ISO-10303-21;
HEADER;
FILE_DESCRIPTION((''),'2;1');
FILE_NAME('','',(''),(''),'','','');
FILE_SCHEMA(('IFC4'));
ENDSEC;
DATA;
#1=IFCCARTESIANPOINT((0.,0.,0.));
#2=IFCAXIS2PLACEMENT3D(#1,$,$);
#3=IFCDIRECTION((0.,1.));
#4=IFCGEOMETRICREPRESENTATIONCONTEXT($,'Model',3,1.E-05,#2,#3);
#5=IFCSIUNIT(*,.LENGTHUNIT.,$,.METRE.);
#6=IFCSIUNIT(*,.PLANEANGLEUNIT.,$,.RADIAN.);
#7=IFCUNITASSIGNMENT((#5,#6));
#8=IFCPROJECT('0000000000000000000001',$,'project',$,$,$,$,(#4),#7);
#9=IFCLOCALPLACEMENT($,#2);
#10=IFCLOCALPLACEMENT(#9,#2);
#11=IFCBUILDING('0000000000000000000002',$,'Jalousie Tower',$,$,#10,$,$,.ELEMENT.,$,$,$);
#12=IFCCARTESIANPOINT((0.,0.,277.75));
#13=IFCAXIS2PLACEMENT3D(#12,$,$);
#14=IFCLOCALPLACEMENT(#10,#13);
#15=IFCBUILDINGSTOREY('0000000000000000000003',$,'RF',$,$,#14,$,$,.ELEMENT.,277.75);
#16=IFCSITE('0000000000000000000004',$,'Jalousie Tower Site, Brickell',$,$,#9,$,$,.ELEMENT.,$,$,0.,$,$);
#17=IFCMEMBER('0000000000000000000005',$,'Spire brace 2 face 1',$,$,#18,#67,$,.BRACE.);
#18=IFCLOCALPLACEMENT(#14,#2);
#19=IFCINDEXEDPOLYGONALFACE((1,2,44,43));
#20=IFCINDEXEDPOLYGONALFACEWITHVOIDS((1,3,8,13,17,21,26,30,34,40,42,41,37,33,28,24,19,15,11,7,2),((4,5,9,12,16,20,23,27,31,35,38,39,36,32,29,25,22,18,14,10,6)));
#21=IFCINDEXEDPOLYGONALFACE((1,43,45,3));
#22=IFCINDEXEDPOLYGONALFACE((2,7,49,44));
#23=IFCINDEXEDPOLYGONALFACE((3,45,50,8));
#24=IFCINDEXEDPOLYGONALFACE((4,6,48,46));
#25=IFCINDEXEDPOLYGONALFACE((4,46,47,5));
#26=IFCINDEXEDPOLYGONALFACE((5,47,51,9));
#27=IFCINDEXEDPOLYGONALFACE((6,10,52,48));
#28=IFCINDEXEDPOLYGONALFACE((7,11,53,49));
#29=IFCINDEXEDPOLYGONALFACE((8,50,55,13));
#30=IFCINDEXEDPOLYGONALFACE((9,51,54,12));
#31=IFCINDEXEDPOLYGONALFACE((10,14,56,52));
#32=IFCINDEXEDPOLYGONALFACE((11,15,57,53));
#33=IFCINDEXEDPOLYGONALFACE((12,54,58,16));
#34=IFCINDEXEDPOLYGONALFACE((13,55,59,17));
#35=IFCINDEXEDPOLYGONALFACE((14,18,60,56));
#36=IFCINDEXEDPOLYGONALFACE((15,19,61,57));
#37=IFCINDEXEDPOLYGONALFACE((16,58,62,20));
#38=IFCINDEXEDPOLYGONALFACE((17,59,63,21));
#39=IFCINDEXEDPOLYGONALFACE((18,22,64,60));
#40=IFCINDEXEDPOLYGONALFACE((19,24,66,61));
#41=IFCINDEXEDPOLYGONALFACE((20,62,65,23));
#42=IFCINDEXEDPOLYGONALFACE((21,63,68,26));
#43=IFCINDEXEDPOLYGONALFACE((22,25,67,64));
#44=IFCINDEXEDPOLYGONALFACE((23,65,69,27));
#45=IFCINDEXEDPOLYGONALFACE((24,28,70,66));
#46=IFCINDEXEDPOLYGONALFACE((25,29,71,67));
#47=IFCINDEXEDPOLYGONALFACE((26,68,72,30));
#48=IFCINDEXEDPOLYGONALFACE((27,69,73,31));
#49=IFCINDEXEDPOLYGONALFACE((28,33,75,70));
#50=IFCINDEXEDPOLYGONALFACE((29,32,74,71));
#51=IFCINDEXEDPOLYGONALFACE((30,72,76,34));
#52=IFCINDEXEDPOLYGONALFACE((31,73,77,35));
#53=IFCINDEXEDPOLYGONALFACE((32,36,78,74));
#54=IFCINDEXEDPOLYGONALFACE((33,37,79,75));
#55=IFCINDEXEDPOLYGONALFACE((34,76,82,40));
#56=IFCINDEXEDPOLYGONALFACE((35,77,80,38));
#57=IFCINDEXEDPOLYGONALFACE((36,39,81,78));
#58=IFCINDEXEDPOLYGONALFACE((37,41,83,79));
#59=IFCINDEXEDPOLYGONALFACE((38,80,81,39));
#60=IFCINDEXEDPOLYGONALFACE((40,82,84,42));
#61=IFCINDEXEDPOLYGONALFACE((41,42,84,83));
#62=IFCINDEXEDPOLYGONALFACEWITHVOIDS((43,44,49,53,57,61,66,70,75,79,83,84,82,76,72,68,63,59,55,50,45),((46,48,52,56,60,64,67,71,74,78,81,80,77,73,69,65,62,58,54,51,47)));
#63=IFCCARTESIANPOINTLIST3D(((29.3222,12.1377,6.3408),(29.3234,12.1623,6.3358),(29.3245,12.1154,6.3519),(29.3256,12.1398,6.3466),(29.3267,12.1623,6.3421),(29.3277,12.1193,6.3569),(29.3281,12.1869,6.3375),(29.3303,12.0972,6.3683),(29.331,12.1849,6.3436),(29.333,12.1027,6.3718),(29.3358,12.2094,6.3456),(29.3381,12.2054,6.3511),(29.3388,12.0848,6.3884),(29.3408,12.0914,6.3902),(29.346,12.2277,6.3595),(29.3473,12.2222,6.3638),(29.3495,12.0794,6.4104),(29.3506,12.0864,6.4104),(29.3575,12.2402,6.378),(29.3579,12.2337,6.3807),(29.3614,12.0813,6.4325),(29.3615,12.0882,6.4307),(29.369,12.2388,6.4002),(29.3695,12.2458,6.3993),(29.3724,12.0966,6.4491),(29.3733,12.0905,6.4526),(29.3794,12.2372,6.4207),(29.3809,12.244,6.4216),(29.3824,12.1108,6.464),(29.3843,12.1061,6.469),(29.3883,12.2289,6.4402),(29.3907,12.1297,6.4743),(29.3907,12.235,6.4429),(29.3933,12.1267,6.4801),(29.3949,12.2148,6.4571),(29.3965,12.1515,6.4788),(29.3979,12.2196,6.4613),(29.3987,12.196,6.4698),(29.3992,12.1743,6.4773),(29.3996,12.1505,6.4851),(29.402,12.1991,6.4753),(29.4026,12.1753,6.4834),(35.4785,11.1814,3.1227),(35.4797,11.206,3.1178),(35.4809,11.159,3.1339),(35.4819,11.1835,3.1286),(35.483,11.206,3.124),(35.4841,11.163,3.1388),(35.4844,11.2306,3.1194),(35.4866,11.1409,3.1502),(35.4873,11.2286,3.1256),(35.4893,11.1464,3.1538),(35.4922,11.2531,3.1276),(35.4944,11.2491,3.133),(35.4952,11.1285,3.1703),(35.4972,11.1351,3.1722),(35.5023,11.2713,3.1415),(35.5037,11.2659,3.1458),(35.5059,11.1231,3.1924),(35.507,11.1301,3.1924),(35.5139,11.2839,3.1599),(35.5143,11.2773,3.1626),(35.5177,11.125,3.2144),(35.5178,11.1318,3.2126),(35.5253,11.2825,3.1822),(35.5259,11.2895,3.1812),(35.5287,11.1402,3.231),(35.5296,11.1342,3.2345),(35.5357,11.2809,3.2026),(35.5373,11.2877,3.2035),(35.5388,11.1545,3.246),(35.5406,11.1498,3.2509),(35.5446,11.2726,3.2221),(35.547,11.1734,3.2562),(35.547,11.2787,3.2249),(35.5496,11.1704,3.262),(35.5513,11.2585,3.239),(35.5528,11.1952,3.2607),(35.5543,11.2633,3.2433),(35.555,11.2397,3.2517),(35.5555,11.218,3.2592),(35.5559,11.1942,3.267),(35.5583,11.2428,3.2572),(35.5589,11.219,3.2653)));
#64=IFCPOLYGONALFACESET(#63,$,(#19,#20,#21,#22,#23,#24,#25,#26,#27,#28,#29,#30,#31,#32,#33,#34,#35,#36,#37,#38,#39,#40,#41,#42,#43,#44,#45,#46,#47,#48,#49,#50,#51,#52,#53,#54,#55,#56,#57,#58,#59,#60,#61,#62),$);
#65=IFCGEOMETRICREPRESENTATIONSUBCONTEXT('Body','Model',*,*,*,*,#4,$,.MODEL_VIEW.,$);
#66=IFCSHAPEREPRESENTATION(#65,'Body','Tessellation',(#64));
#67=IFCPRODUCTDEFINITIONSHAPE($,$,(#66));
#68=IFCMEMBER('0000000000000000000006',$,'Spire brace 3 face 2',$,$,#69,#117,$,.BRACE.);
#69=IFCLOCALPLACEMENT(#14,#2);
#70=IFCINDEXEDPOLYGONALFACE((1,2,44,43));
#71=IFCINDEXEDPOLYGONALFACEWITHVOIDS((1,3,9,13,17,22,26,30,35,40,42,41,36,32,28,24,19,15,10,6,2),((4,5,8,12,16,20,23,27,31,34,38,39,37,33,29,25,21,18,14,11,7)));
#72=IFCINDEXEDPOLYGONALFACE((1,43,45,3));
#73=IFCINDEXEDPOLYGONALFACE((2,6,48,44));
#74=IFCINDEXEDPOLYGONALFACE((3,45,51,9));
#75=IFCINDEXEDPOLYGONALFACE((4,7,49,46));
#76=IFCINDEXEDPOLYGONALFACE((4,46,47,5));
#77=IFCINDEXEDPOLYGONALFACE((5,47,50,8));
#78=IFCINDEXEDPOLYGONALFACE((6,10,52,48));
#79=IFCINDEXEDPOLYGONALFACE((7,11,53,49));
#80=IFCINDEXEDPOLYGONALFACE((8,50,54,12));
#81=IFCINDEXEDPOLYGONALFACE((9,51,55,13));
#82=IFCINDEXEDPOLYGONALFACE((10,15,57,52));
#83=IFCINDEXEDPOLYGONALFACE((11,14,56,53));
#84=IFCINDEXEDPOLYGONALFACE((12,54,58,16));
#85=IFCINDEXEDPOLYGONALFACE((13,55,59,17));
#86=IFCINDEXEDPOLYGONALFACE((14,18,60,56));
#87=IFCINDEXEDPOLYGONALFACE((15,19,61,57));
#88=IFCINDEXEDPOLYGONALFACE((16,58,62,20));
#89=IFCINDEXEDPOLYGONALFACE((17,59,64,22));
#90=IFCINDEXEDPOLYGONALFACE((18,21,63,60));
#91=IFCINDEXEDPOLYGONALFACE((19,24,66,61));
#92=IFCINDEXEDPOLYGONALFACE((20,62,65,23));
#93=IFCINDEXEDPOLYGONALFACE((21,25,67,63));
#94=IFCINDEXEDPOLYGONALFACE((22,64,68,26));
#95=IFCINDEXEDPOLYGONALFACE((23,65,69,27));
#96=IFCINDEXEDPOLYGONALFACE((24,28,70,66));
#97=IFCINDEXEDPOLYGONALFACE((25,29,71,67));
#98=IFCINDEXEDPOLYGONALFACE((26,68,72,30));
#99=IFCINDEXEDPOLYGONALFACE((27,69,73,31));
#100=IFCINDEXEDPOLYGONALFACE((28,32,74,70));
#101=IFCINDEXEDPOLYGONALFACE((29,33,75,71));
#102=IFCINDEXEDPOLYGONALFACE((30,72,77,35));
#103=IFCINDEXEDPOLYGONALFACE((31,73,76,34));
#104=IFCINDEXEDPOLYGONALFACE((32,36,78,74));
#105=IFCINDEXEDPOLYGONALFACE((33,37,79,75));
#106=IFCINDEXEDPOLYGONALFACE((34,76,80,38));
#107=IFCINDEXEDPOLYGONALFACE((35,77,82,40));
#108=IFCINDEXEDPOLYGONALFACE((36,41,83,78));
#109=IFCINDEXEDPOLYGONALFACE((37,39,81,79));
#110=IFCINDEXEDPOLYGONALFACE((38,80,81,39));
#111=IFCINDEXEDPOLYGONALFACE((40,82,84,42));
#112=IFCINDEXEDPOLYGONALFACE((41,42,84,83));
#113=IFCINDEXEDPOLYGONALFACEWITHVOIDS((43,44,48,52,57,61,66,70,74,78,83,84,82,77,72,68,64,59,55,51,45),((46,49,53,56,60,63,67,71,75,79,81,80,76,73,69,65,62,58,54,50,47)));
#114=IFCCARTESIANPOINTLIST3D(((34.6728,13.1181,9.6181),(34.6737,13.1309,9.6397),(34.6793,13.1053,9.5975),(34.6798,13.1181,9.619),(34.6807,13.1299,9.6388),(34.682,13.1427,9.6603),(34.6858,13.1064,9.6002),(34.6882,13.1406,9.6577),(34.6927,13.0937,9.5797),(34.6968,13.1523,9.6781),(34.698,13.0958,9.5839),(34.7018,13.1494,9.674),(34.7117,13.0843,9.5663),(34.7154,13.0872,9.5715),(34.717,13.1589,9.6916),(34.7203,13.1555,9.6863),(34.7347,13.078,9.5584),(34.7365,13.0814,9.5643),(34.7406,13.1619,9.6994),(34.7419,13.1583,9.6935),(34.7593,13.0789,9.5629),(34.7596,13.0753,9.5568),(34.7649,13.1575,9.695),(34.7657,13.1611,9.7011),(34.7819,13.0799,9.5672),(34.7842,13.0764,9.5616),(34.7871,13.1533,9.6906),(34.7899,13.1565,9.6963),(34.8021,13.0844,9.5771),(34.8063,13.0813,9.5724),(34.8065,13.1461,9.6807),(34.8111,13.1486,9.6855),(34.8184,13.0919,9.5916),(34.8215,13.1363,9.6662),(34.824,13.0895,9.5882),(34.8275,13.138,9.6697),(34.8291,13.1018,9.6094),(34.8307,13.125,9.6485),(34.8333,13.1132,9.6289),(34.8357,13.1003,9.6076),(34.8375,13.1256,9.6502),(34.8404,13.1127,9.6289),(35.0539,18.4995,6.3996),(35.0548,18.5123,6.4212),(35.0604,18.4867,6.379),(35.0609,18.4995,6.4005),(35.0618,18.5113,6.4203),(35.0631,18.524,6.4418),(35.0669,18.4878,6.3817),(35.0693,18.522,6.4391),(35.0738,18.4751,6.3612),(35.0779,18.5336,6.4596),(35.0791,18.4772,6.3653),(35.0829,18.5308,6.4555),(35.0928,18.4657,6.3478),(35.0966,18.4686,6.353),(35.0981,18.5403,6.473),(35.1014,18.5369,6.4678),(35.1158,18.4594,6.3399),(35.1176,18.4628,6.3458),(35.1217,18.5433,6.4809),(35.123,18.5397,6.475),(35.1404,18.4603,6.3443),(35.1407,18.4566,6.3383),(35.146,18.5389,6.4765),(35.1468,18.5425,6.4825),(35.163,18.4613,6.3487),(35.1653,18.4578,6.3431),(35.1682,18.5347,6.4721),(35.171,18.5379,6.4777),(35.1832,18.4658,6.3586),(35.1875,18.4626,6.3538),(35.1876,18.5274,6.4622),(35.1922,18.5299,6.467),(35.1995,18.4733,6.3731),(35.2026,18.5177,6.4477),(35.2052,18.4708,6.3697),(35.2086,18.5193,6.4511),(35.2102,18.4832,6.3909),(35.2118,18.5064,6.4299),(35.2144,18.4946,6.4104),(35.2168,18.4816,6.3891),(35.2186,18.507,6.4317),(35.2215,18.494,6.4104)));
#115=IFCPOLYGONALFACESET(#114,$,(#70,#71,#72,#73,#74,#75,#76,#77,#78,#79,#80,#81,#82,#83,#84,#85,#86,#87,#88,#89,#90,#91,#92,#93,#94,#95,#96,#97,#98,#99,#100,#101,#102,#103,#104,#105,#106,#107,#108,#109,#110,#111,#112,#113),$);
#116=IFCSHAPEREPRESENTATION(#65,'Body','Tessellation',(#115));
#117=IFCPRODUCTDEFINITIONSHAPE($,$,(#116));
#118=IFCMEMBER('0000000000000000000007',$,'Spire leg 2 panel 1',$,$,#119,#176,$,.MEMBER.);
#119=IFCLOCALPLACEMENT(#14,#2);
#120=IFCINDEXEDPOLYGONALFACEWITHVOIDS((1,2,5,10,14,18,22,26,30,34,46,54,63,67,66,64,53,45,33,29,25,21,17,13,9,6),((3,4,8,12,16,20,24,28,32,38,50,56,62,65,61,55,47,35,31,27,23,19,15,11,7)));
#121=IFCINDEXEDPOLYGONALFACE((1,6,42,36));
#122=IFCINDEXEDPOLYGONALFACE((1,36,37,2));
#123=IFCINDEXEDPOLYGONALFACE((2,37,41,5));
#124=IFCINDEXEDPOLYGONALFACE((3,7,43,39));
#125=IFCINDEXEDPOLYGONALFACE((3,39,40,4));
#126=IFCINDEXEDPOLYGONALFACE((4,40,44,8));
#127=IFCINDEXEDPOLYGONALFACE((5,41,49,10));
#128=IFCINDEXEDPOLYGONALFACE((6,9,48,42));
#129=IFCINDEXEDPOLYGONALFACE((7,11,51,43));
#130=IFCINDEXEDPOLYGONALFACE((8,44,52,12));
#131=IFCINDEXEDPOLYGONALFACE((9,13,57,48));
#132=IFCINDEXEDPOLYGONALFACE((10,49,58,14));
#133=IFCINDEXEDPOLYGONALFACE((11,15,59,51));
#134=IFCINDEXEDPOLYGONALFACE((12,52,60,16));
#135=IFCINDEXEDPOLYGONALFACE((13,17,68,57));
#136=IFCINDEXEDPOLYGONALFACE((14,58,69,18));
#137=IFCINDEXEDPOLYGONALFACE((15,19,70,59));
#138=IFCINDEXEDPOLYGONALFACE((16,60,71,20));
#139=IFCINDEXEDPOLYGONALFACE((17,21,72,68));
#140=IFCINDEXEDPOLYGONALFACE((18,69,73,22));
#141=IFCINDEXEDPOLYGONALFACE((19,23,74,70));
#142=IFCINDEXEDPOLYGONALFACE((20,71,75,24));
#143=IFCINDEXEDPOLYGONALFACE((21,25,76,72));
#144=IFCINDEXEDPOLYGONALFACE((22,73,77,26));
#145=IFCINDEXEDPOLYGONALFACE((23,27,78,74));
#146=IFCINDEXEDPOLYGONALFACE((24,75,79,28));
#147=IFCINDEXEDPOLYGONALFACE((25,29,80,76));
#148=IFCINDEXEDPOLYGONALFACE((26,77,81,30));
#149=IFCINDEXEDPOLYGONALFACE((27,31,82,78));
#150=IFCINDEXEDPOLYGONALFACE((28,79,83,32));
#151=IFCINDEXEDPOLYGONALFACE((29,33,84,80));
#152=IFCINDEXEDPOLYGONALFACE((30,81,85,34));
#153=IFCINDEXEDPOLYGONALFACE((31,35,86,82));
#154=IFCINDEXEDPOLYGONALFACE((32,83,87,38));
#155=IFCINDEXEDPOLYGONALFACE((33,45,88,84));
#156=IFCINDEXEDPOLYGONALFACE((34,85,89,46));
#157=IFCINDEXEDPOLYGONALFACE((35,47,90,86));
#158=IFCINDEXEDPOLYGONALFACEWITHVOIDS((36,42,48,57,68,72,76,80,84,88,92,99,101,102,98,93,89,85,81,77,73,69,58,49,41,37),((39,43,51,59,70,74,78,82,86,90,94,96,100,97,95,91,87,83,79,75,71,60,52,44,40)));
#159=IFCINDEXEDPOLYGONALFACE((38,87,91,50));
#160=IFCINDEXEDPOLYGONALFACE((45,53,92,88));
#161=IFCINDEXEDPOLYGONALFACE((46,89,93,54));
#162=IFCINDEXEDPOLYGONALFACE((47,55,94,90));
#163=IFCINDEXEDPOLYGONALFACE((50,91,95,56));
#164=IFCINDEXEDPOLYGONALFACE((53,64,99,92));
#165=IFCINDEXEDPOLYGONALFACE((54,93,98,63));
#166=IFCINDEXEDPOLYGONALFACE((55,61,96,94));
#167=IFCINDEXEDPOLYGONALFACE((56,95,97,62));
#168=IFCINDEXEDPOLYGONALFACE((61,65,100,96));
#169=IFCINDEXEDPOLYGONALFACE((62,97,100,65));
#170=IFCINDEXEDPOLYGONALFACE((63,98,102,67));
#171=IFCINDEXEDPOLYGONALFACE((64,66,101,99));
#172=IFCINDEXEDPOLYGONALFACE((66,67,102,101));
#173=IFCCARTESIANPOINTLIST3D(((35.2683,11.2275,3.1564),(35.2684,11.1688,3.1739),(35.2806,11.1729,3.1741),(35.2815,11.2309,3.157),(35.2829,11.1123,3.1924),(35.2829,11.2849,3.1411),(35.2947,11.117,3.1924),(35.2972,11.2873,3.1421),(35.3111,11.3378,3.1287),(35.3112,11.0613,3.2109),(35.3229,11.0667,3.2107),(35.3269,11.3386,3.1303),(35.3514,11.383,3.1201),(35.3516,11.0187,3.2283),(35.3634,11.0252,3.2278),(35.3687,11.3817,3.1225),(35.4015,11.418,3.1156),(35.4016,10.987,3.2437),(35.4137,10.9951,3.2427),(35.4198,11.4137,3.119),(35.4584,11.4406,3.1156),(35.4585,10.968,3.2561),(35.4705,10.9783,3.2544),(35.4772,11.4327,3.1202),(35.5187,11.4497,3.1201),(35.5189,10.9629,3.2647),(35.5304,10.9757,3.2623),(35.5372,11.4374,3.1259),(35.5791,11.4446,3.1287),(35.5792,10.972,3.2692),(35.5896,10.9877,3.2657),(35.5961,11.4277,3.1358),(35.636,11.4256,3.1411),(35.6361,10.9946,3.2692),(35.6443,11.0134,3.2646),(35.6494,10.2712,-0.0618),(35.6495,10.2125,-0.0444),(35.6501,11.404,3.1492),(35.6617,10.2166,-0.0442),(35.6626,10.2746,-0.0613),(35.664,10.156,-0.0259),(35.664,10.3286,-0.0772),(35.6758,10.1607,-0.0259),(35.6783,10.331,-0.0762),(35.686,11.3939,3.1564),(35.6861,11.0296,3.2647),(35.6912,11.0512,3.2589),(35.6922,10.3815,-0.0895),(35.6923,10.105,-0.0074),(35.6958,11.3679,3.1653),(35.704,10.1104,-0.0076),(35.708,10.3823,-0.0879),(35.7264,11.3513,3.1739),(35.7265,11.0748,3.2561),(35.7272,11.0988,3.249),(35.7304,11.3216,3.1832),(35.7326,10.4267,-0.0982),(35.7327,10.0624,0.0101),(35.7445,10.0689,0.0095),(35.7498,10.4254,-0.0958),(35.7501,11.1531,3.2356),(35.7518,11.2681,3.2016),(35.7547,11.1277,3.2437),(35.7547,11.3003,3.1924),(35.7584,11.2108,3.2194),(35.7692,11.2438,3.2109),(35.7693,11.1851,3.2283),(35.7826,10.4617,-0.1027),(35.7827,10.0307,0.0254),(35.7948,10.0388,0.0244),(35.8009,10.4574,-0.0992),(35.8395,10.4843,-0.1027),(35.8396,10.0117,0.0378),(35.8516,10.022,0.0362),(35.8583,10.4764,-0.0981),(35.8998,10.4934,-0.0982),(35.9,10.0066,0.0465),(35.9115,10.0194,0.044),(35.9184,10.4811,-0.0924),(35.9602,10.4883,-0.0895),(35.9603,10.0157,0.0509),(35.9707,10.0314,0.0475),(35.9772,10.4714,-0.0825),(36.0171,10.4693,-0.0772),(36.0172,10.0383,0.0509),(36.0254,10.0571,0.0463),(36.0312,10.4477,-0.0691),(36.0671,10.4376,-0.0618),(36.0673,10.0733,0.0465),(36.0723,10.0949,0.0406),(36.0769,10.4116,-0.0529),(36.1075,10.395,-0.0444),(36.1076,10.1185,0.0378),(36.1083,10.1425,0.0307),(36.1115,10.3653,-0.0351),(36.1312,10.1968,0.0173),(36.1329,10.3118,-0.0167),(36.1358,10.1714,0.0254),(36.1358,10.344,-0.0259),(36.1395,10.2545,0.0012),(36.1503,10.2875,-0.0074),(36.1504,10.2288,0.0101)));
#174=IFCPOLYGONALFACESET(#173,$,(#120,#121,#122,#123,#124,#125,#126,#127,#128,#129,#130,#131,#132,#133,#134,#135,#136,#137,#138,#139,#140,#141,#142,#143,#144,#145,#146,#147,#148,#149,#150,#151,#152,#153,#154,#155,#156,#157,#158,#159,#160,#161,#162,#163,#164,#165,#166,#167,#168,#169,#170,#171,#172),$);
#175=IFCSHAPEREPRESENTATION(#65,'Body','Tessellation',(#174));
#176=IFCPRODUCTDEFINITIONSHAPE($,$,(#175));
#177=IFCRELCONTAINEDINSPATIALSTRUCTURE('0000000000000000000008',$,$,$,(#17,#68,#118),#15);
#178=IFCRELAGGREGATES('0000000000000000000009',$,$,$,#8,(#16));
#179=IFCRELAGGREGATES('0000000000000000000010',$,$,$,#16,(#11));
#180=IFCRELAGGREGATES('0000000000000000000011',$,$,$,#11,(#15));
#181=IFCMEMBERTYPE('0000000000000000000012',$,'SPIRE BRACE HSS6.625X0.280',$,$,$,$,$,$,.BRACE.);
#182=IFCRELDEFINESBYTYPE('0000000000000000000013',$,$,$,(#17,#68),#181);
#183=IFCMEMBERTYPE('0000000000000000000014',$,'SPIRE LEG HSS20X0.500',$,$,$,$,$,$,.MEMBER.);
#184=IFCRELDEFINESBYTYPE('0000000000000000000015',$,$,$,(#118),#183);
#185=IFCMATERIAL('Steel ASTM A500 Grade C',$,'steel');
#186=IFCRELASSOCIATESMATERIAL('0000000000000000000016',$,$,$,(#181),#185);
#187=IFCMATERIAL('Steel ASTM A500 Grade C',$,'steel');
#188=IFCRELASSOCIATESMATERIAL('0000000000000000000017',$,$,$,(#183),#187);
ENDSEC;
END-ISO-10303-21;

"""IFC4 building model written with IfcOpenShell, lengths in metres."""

from ifc_helpers import new_model, si_unit, direction, frame, origin, origin_2d, place, context, subcontext, project, spatial, hollow_circle, extrude, material, material_profile, profile_set, type_object, element, save


model = new_model("IFC4")

# Units and contexts
model_context = context("Model", 3, precision=1e-05, world=origin(), true_north=direction((0.0, 1.0)))
body_context = subcontext(model_context, "Body", "Model", "MODEL_VIEW")
ifc_project = project(units=[si_unit("LENGTHUNIT", "METRE"), si_unit("PLANEANGLEUNIT", "RADIAN")], contexts=[model_context])

# Site, building, storey
site_placement = place(None, origin())
site = spatial("IfcSite", under=ifc_project, at=site_placement, Name="Jalousie Tower Site, Brickell", CompositionType="ELEMENT", RefElevation=0.0)
building_placement = place(site_placement, origin())
building = spatial("IfcBuilding", under=site, at=building_placement, Name="Jalousie Tower", CompositionType="ELEMENT")
storey_placement = place(building_placement, frame((0.0, 0.0, 277.75)))
storey = spatial("IfcBuildingStorey", under=building, at=storey_placement, Name="RF", CompositionType="ELEMENT", Elevation=277.75)

# Members
ifc_material_1 = material(Name="Steel ASTM A500 Grade C", Category="steel")
ifc_material_profile_1 = material_profile(ifc_material_1, hollow_circle(Radius=0.0842, WallThickness=0.0071, at=origin_2d()), Name="HSS6.625X0.280")
ifc_profile_set_1 = profile_set([ifc_material_profile_1], Name="Steel ASTM A500 Grade C")
member_type_1 = type_object("IfcMemberType", Name="SPIRE BRACE HSS6.625X0.280", PredefinedType="BRACE", material=ifc_profile_set_1)
member_1_placement = place(storey_placement, frame((35.5188, 11.2063, 3.1924), z_axis=(-0.877947, 0.136378, 0.458923), x_axis=(-0.153497, -0.988149, 0.0)))
element("IfcMember", 1, at=member_1_placement, inside=storey, type_object=member_type_1, Name="Spire brace 2 face 1", PredefinedType="BRACE", context=body_context, shape_type="SweptSolid", body=[
    extrude(hollow_circle(Radius=0.0842, WallThickness=0.0071, at=origin_2d()), origin(), (0.0, 0.0, 1.0), 7.0122),
])
member_2_placement = place(storey_placement, frame((35.1375, 18.5, 6.4104), z_axis=(-0.060666, -0.856636, 0.512342), x_axis=(0.997502, -0.070642, 0.0)))
element("IfcMember", 2, at=member_2_placement, inside=storey, type_object=member_type_1, Name="Spire brace 3 face 2", PredefinedType="BRACE", context=body_context, shape_type="SweptSolid", body=[
    extrude(hollow_circle(Radius=0.0842, WallThickness=0.0071, at=origin_2d()), origin(), (0.0, 0.0, 1.0), 6.282),
])
ifc_material_2 = material(Name="Steel ASTM A500 Grade C", Category="steel")
ifc_material_profile_2 = material_profile(ifc_material_2, hollow_circle(Radius=0.2539, WallThickness=0.0127, at=origin_2d()), Name="HSS20X0.500")
ifc_profile_set_2 = profile_set([ifc_material_profile_2], Name="Steel ASTM A500 Grade C")
member_type_2 = type_object("IfcMemberType", Name="SPIRE LEG HSS20X0.500", PredefinedType="MEMBER", material=ifc_profile_set_2)
member_3_placement = place(storey_placement, frame((35.8999, 10.25, -0.0259), z_axis=(-0.112789, 0.283021, 0.952459), x_axis=(-0.92895, -0.370205, 0.0)))
element("IfcMember", 3, at=member_3_placement, inside=storey, type_object=member_type_2, Name="Spire leg 2 panel 1", PredefinedType="MEMBER", context=body_context, shape_type="SweptSolid", body=[
    extrude(hollow_circle(Radius=0.2539, WallThickness=0.0127, at=origin_2d()), origin(), (0.0, 0.0, 1.0), 3.3789),
])

save(model, "model.ifc")
